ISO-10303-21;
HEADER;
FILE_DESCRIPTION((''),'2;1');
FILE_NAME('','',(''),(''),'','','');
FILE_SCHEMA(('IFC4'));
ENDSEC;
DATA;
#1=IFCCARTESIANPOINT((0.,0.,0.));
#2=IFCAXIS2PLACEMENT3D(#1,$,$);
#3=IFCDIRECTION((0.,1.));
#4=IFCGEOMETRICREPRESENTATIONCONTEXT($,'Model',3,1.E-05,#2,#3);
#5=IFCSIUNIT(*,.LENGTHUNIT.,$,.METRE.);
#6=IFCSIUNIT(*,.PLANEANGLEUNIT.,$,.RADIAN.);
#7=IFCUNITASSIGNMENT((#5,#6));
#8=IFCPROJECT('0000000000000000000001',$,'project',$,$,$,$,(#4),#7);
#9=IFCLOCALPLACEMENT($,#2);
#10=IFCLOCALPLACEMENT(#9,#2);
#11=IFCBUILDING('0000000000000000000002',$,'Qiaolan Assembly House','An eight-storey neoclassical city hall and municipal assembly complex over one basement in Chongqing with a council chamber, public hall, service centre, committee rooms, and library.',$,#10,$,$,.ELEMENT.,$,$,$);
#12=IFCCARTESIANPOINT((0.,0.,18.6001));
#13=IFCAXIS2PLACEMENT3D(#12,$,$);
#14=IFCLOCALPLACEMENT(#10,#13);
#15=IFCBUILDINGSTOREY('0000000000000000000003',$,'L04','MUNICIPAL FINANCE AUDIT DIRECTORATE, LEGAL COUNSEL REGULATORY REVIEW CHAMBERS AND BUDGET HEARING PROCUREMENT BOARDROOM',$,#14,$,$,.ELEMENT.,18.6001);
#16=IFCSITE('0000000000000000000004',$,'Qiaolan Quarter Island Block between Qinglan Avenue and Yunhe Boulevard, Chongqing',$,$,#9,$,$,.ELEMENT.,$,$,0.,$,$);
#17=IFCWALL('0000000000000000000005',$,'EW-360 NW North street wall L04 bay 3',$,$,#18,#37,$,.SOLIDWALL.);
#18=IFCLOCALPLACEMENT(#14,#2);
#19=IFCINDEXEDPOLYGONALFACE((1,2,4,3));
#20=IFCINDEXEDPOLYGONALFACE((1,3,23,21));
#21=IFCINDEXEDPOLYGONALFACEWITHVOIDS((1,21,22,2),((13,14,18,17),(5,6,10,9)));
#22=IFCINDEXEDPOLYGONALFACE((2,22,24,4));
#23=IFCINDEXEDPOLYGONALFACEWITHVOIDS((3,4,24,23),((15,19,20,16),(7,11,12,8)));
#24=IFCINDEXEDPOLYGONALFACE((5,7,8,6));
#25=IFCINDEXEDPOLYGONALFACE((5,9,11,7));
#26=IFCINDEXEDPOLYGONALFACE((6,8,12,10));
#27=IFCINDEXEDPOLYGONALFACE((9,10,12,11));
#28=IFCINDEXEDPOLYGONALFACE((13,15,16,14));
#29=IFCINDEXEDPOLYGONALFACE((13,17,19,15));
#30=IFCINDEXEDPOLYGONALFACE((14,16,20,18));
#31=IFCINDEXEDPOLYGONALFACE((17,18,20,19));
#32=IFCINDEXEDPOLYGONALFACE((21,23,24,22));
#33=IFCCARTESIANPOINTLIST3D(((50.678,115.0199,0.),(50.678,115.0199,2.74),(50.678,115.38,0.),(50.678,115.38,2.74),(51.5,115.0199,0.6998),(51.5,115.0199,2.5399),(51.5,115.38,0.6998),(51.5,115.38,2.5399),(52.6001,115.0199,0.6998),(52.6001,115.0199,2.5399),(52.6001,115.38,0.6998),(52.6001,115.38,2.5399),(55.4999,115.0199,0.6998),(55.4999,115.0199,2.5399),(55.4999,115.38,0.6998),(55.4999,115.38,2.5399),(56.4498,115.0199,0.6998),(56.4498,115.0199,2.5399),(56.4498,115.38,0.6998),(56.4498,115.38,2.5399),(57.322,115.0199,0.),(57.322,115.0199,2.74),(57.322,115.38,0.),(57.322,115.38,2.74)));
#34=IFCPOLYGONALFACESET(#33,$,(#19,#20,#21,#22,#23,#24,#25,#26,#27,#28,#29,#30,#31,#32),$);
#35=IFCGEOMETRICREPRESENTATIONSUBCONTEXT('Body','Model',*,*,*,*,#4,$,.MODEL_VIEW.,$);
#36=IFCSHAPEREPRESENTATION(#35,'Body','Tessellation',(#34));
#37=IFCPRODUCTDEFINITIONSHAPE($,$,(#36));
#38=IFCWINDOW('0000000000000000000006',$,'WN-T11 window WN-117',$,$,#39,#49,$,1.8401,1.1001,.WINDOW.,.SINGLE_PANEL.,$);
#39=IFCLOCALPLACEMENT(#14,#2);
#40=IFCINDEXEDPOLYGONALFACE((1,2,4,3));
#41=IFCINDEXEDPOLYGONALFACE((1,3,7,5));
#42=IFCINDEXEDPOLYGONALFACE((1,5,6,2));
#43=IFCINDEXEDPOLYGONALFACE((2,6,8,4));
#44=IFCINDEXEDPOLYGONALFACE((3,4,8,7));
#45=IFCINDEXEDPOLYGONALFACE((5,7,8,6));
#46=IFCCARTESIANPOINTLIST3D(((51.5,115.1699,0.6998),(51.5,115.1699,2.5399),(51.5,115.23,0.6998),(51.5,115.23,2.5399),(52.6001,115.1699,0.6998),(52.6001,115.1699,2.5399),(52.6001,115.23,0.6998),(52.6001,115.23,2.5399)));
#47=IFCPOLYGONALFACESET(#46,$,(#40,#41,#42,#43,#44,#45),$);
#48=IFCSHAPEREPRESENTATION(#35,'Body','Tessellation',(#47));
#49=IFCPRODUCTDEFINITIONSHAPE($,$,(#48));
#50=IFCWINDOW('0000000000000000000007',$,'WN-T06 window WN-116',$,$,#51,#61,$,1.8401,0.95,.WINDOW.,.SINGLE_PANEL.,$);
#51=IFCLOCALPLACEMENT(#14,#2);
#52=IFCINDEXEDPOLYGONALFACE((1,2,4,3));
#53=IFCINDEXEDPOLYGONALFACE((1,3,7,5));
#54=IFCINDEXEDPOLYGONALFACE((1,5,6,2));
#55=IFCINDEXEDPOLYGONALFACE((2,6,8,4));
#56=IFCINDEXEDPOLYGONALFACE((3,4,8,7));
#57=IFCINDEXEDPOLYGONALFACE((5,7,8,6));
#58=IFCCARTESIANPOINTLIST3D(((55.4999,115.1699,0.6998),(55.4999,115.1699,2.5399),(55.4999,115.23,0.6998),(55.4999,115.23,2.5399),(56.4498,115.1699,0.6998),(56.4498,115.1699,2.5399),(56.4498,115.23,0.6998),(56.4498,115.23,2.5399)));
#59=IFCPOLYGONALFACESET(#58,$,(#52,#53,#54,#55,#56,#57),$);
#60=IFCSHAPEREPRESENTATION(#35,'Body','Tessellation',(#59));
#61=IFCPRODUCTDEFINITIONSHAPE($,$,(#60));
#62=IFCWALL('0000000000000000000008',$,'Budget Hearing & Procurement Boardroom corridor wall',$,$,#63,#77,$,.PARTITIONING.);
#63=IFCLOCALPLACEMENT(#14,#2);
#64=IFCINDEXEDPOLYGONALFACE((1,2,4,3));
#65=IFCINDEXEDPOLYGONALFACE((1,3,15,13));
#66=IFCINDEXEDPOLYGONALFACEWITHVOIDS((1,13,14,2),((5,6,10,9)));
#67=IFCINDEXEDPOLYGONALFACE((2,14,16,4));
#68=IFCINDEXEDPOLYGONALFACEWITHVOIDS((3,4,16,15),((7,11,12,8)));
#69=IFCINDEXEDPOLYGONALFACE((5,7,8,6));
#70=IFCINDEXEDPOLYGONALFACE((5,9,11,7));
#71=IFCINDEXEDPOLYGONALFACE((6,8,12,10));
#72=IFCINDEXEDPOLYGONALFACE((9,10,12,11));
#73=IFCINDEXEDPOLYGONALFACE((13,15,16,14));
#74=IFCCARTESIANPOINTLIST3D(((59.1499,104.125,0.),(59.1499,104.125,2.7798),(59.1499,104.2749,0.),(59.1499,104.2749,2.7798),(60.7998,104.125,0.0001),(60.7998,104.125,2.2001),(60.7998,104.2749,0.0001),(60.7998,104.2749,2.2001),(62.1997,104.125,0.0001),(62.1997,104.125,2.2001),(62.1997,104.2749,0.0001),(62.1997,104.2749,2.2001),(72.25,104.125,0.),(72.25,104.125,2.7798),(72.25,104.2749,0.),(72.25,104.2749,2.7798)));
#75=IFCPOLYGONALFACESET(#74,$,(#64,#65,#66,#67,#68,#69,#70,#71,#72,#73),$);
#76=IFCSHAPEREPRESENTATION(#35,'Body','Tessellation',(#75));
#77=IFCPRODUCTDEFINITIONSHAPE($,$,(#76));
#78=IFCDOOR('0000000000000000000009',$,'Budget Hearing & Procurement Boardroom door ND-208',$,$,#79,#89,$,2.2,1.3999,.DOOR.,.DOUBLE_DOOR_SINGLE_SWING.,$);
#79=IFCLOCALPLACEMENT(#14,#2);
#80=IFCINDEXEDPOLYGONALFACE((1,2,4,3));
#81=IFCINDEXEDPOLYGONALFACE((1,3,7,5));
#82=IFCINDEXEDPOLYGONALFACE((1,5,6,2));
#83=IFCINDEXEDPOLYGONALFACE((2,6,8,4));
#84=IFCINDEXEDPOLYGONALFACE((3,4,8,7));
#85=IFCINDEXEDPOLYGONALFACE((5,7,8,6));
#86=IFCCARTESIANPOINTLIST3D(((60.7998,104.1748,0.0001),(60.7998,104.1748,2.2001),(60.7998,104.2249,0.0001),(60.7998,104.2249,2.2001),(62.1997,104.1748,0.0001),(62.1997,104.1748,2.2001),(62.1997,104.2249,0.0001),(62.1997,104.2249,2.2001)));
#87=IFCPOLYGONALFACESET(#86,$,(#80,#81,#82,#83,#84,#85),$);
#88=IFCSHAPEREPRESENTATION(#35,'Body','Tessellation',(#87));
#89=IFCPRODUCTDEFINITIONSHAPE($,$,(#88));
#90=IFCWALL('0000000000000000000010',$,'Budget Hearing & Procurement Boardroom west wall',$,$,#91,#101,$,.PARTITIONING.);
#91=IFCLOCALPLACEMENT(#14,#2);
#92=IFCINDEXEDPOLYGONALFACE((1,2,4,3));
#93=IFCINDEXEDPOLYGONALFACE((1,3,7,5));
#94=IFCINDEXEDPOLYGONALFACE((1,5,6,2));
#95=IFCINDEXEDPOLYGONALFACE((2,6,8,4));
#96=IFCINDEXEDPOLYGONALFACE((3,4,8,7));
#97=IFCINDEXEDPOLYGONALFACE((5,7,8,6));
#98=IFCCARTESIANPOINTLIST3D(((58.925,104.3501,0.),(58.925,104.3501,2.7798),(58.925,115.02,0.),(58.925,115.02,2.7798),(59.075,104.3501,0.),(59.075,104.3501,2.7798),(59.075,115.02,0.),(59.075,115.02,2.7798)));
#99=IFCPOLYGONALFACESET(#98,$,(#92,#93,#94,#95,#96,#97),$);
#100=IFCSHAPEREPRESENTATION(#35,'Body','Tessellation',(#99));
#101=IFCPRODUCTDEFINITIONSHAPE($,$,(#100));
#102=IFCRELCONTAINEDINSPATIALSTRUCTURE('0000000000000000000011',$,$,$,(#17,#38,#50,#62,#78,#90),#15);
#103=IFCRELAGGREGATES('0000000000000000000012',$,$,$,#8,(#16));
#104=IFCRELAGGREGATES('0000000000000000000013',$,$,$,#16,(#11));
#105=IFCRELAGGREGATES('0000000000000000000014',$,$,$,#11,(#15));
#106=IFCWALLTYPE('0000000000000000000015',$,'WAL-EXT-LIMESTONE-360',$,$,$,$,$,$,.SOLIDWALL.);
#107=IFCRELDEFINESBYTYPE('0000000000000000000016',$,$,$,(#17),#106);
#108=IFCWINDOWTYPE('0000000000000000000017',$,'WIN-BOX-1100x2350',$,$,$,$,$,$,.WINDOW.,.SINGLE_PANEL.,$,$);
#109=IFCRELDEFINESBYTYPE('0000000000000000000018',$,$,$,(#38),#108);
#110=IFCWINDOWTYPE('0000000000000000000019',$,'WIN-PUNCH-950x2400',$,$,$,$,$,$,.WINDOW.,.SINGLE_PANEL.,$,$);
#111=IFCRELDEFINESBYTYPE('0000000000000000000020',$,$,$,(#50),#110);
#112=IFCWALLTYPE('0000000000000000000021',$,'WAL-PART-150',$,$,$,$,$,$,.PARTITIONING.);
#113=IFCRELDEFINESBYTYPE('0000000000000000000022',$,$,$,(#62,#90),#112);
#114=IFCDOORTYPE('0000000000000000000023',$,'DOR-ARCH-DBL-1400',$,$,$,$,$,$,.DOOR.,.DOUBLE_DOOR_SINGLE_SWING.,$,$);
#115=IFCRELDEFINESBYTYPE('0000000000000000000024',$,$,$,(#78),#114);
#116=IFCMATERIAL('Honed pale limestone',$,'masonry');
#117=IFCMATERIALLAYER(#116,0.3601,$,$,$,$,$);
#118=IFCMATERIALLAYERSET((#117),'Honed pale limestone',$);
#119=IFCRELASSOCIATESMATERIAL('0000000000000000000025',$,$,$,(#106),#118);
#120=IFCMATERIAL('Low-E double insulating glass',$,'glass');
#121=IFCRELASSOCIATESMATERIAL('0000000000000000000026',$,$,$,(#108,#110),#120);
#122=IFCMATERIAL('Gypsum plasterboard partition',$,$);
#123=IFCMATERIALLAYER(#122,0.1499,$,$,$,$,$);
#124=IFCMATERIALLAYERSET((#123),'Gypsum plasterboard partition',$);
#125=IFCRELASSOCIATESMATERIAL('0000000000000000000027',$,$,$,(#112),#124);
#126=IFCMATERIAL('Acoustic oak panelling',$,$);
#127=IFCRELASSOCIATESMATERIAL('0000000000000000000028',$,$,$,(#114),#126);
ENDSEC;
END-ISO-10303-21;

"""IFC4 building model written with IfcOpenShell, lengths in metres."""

from ifc_helpers import new_model, si_unit, direction, frame, frame_2d, origin, place, context, subcontext, project, spatial, rectangle, extrude, material, layer, layer_set, type_object, element, fill, save


model = new_model("IFC4")

# Units and contexts
model_context = context("Model", 3, precision=1e-05, world=origin(), true_north=direction((0.0, 1.0)))
body_context = subcontext(model_context, "Body", "Model", "MODEL_VIEW")
ifc_project = project(units=[si_unit("LENGTHUNIT", "METRE"), si_unit("PLANEANGLEUNIT", "RADIAN")], contexts=[model_context])

# Site, building, storey
site_placement = place(None, origin())
site = spatial("IfcSite", under=ifc_project, at=site_placement, Name="Qiaolan Quarter Island Block between Qinglan Avenue and Yunhe Boulevard, Chongqing", CompositionType="ELEMENT", RefElevation=0.0)
building_placement = place(site_placement, origin())
building = spatial("IfcBuilding", under=site, at=building_placement, Name="Qiaolan Assembly House", Description="An eight-storey neoclassical city hall and municipal assembly complex over one basement in Chongqing with a council chamber, public hall, service centre, committee rooms, and library.", CompositionType="ELEMENT")
storey_placement = place(building_placement, frame((0.0, 0.0, 18.6001)))
storey = spatial("IfcBuildingStorey", under=building, at=storey_placement, Name="L04", Description="MUNICIPAL FINANCE AUDIT DIRECTORATE, LEGAL COUNSEL REGULATORY REVIEW CHAMBERS AND BUDGET HEARING PROCUREMENT BOARDROOM", CompositionType="ELEMENT", Elevation=18.6001)

# Shared definitions
ifc_material_1 = material(Name="Honed pale limestone", Category="masonry")

# Wall, openings, windows
ifc_layer_1 = layer(ifc_material_1, 0.3601)
ifc_layer_set_1 = layer_set([ifc_layer_1], Name="Honed pale limestone")
wall_type_1 = type_object("IfcWallType", Name="WAL-EXT-LIMESTONE-360", PredefinedType="SOLIDWALL", material=ifc_layer_set_1)
wall_1_placement = place(storey_placement, frame((57.322, 115.2, 0.0), z_axis=(0.0, 0.0, 1.0), x_axis=(-1.0, 0.0, 0.0)))
wall_1 = element("IfcWall", 1, at=wall_1_placement, inside=storey, type_object=wall_type_1, Name="EW-360 NW North street wall L04 bay 3", PredefinedType="SOLIDWALL", context=body_context, shape_type="SweptSolid", body=[
    extrude(rectangle(XDim=6.644, YDim=0.3601, at=frame_2d((3.322, 0.0))), origin(), (0.0, 0.0, 1.0), 2.74),
])
opening_1_placement = place(wall_1_placement, frame((0.8721, 0.0, 0.7)))
opening_1 = element("IfcOpeningElement", 2, at=opening_1_placement, cuts=wall_1, PredefinedType="OPENING", context=body_context, shape_type="SweptSolid", body=[
    extrude(rectangle(XDim=0.95, YDim=1.8401, at=frame_2d((0.4751, 0.9199))), frame((0.0, 0.1899, 0.0), z_axis=(0.0, -1.0, 0.0), x_axis=(1.0, 0.0, 0.0)), (0.0, 0.0, 1.0), 0.3801),
])
opening_2_placement = place(wall_1_placement, frame((4.7219, 0.0, 0.7)))
opening_2 = element("IfcOpeningElement", 3, at=opening_2_placement, cuts=wall_1, PredefinedType="OPENING", context=body_context, shape_type="SweptSolid", body=[
    extrude(rectangle(XDim=1.1001, YDim=1.8401, at=frame_2d((0.55, 0.9199))), frame((0.0, 0.1899, 0.0), z_axis=(0.0, -1.0, 0.0), x_axis=(1.0, 0.0, 0.0)), (0.0, 0.0, 1.0), 0.3801),
])
ifc_material_2 = material(Name="Low-E double insulating glass", Category="glass")
window_type_1 = type_object("IfcWindowType", Name="WIN-BOX-1100x2350", PartitioningType="SINGLE_PANEL", PredefinedType="WINDOW", material=ifc_material_2)
window_1_placement = place(opening_2_placement, origin())
window_1 = element("IfcWindow", 4, at=window_1_placement, inside=storey, type_object=window_type_1, Name="WN-T11 window WN-117", OverallHeight=1.8401, OverallWidth=1.1001, PartitioningType="SINGLE_PANEL", PredefinedType="WINDOW", context=body_context, shape_type="SweptSolid", body=[
    extrude(rectangle(XDim=1.1001, YDim=1.8401, at=frame_2d((0.55, 0.9199))), frame((0.0, 0.03, 0.0), z_axis=(0.0, -1.0, 0.0), x_axis=(1.0, 0.0, 0.0)), (0.0, 0.0, 1.0), 0.0601),
])
fill(opening_2, window_1)
window_type_2 = type_object("IfcWindowType", Name="WIN-PUNCH-950x2400", PartitioningType="SINGLE_PANEL", PredefinedType="WINDOW", material=ifc_material_2)
window_2_placement = place(opening_1_placement, origin())
window_2 = element("IfcWindow", 5, at=window_2_placement, inside=storey, type_object=window_type_2, Name="WN-T06 window WN-116", OverallHeight=1.8401, OverallWidth=0.95, PartitioningType="SINGLE_PANEL", PredefinedType="WINDOW", context=body_context, shape_type="SweptSolid", body=[
    extrude(rectangle(XDim=0.95, YDim=1.8401, at=frame_2d((0.4751, 0.9199))), frame((0.0, 0.03, 0.0), z_axis=(0.0, -1.0, 0.0), x_axis=(1.0, 0.0, 0.0)), (0.0, 0.0, 1.0), 0.0601),
])
fill(opening_1, window_2)

# Wall, opening, door
ifc_material_3 = material(Name="Gypsum plasterboard partition")
ifc_layer_2 = layer(ifc_material_3, 0.1499)
ifc_layer_set_2 = layer_set([ifc_layer_2], Name="Gypsum plasterboard partition")
wall_type_2 = type_object("IfcWallType", Name="WAL-PART-150", PredefinedType="PARTITIONING", material=ifc_layer_set_2)
wall_2_placement = place(storey_placement, frame((59.1499, 104.2, 0.0), z_axis=(0.0, 0.0, 1.0), x_axis=(1.0, 0.0, 0.0)))
wall_2 = element("IfcWall", 6, at=wall_2_placement, inside=storey, type_object=wall_type_2, Name="Budget Hearing & Procurement Boardroom corridor wall", PredefinedType="PARTITIONING", context=body_context, shape_type="SweptSolid", body=[
    extrude(rectangle(XDim=13.1001, YDim=0.1499, at=frame_2d((6.55, 0.0))), origin(), (0.0, 0.0, 1.0), 2.7798),
])
opening_3_placement = place(wall_2_placement, frame((1.6499, 0.0, 0.0)))
opening_3 = element("IfcOpeningElement", 7, at=opening_3_placement, cuts=wall_2, PredefinedType="OPENING", context=body_context, shape_type="SweptSolid", body=[
    extrude(rectangle(XDim=1.3999, YDim=2.2, at=frame_2d((0.7, 1.1001))), frame((0.0, 0.085, 0.0), z_axis=(0.0, -1.0, 0.0), x_axis=(1.0, 0.0, 0.0)), (0.0, 0.0, 1.0), 0.1699),
])
ifc_material_4 = material(Name="Acoustic oak panelling")
door_type = type_object("IfcDoorType", Name="DOR-ARCH-DBL-1400", OperationType="DOUBLE_DOOR_SINGLE_SWING", PredefinedType="DOOR", material=ifc_material_4)
door_placement = place(opening_3_placement, origin())
door = element("IfcDoor", 8, at=door_placement, inside=storey, type_object=door_type, Name="Budget Hearing & Procurement Boardroom door ND-208", OperationType="DOUBLE_DOOR_SINGLE_SWING", OverallHeight=2.2, OverallWidth=1.3999, PredefinedType="DOOR", context=body_context, shape_type="SweptSolid", body=[
    extrude(rectangle(XDim=1.3999, YDim=2.2, at=frame_2d((0.7, 1.1001))), frame((0.0, 0.0249, 0.0), z_axis=(0.0, -1.0, 0.0), x_axis=(1.0, 0.0, 0.0)), (0.0, 0.0, 1.0), 0.05),
])
fill(opening_3, door)

# Wall
wall_3_placement = place(storey_placement, frame((59.0, 104.3501, 0.0), z_axis=(0.0, 0.0, 1.0), x_axis=(0.0, 1.0, 0.0)))
element("IfcWall", 9, at=wall_3_placement, inside=storey, type_object=wall_type_2, Name="Budget Hearing & Procurement Boardroom west wall", PredefinedType="PARTITIONING", context=body_context, shape_type="SweptSolid", body=[
    extrude(rectangle(XDim=10.6699, YDim=0.1499, at=frame_2d((5.335, 0.0))), origin(), (0.0, 0.0, 1.0), 2.7798),
])

save(model, "model.ifc")
